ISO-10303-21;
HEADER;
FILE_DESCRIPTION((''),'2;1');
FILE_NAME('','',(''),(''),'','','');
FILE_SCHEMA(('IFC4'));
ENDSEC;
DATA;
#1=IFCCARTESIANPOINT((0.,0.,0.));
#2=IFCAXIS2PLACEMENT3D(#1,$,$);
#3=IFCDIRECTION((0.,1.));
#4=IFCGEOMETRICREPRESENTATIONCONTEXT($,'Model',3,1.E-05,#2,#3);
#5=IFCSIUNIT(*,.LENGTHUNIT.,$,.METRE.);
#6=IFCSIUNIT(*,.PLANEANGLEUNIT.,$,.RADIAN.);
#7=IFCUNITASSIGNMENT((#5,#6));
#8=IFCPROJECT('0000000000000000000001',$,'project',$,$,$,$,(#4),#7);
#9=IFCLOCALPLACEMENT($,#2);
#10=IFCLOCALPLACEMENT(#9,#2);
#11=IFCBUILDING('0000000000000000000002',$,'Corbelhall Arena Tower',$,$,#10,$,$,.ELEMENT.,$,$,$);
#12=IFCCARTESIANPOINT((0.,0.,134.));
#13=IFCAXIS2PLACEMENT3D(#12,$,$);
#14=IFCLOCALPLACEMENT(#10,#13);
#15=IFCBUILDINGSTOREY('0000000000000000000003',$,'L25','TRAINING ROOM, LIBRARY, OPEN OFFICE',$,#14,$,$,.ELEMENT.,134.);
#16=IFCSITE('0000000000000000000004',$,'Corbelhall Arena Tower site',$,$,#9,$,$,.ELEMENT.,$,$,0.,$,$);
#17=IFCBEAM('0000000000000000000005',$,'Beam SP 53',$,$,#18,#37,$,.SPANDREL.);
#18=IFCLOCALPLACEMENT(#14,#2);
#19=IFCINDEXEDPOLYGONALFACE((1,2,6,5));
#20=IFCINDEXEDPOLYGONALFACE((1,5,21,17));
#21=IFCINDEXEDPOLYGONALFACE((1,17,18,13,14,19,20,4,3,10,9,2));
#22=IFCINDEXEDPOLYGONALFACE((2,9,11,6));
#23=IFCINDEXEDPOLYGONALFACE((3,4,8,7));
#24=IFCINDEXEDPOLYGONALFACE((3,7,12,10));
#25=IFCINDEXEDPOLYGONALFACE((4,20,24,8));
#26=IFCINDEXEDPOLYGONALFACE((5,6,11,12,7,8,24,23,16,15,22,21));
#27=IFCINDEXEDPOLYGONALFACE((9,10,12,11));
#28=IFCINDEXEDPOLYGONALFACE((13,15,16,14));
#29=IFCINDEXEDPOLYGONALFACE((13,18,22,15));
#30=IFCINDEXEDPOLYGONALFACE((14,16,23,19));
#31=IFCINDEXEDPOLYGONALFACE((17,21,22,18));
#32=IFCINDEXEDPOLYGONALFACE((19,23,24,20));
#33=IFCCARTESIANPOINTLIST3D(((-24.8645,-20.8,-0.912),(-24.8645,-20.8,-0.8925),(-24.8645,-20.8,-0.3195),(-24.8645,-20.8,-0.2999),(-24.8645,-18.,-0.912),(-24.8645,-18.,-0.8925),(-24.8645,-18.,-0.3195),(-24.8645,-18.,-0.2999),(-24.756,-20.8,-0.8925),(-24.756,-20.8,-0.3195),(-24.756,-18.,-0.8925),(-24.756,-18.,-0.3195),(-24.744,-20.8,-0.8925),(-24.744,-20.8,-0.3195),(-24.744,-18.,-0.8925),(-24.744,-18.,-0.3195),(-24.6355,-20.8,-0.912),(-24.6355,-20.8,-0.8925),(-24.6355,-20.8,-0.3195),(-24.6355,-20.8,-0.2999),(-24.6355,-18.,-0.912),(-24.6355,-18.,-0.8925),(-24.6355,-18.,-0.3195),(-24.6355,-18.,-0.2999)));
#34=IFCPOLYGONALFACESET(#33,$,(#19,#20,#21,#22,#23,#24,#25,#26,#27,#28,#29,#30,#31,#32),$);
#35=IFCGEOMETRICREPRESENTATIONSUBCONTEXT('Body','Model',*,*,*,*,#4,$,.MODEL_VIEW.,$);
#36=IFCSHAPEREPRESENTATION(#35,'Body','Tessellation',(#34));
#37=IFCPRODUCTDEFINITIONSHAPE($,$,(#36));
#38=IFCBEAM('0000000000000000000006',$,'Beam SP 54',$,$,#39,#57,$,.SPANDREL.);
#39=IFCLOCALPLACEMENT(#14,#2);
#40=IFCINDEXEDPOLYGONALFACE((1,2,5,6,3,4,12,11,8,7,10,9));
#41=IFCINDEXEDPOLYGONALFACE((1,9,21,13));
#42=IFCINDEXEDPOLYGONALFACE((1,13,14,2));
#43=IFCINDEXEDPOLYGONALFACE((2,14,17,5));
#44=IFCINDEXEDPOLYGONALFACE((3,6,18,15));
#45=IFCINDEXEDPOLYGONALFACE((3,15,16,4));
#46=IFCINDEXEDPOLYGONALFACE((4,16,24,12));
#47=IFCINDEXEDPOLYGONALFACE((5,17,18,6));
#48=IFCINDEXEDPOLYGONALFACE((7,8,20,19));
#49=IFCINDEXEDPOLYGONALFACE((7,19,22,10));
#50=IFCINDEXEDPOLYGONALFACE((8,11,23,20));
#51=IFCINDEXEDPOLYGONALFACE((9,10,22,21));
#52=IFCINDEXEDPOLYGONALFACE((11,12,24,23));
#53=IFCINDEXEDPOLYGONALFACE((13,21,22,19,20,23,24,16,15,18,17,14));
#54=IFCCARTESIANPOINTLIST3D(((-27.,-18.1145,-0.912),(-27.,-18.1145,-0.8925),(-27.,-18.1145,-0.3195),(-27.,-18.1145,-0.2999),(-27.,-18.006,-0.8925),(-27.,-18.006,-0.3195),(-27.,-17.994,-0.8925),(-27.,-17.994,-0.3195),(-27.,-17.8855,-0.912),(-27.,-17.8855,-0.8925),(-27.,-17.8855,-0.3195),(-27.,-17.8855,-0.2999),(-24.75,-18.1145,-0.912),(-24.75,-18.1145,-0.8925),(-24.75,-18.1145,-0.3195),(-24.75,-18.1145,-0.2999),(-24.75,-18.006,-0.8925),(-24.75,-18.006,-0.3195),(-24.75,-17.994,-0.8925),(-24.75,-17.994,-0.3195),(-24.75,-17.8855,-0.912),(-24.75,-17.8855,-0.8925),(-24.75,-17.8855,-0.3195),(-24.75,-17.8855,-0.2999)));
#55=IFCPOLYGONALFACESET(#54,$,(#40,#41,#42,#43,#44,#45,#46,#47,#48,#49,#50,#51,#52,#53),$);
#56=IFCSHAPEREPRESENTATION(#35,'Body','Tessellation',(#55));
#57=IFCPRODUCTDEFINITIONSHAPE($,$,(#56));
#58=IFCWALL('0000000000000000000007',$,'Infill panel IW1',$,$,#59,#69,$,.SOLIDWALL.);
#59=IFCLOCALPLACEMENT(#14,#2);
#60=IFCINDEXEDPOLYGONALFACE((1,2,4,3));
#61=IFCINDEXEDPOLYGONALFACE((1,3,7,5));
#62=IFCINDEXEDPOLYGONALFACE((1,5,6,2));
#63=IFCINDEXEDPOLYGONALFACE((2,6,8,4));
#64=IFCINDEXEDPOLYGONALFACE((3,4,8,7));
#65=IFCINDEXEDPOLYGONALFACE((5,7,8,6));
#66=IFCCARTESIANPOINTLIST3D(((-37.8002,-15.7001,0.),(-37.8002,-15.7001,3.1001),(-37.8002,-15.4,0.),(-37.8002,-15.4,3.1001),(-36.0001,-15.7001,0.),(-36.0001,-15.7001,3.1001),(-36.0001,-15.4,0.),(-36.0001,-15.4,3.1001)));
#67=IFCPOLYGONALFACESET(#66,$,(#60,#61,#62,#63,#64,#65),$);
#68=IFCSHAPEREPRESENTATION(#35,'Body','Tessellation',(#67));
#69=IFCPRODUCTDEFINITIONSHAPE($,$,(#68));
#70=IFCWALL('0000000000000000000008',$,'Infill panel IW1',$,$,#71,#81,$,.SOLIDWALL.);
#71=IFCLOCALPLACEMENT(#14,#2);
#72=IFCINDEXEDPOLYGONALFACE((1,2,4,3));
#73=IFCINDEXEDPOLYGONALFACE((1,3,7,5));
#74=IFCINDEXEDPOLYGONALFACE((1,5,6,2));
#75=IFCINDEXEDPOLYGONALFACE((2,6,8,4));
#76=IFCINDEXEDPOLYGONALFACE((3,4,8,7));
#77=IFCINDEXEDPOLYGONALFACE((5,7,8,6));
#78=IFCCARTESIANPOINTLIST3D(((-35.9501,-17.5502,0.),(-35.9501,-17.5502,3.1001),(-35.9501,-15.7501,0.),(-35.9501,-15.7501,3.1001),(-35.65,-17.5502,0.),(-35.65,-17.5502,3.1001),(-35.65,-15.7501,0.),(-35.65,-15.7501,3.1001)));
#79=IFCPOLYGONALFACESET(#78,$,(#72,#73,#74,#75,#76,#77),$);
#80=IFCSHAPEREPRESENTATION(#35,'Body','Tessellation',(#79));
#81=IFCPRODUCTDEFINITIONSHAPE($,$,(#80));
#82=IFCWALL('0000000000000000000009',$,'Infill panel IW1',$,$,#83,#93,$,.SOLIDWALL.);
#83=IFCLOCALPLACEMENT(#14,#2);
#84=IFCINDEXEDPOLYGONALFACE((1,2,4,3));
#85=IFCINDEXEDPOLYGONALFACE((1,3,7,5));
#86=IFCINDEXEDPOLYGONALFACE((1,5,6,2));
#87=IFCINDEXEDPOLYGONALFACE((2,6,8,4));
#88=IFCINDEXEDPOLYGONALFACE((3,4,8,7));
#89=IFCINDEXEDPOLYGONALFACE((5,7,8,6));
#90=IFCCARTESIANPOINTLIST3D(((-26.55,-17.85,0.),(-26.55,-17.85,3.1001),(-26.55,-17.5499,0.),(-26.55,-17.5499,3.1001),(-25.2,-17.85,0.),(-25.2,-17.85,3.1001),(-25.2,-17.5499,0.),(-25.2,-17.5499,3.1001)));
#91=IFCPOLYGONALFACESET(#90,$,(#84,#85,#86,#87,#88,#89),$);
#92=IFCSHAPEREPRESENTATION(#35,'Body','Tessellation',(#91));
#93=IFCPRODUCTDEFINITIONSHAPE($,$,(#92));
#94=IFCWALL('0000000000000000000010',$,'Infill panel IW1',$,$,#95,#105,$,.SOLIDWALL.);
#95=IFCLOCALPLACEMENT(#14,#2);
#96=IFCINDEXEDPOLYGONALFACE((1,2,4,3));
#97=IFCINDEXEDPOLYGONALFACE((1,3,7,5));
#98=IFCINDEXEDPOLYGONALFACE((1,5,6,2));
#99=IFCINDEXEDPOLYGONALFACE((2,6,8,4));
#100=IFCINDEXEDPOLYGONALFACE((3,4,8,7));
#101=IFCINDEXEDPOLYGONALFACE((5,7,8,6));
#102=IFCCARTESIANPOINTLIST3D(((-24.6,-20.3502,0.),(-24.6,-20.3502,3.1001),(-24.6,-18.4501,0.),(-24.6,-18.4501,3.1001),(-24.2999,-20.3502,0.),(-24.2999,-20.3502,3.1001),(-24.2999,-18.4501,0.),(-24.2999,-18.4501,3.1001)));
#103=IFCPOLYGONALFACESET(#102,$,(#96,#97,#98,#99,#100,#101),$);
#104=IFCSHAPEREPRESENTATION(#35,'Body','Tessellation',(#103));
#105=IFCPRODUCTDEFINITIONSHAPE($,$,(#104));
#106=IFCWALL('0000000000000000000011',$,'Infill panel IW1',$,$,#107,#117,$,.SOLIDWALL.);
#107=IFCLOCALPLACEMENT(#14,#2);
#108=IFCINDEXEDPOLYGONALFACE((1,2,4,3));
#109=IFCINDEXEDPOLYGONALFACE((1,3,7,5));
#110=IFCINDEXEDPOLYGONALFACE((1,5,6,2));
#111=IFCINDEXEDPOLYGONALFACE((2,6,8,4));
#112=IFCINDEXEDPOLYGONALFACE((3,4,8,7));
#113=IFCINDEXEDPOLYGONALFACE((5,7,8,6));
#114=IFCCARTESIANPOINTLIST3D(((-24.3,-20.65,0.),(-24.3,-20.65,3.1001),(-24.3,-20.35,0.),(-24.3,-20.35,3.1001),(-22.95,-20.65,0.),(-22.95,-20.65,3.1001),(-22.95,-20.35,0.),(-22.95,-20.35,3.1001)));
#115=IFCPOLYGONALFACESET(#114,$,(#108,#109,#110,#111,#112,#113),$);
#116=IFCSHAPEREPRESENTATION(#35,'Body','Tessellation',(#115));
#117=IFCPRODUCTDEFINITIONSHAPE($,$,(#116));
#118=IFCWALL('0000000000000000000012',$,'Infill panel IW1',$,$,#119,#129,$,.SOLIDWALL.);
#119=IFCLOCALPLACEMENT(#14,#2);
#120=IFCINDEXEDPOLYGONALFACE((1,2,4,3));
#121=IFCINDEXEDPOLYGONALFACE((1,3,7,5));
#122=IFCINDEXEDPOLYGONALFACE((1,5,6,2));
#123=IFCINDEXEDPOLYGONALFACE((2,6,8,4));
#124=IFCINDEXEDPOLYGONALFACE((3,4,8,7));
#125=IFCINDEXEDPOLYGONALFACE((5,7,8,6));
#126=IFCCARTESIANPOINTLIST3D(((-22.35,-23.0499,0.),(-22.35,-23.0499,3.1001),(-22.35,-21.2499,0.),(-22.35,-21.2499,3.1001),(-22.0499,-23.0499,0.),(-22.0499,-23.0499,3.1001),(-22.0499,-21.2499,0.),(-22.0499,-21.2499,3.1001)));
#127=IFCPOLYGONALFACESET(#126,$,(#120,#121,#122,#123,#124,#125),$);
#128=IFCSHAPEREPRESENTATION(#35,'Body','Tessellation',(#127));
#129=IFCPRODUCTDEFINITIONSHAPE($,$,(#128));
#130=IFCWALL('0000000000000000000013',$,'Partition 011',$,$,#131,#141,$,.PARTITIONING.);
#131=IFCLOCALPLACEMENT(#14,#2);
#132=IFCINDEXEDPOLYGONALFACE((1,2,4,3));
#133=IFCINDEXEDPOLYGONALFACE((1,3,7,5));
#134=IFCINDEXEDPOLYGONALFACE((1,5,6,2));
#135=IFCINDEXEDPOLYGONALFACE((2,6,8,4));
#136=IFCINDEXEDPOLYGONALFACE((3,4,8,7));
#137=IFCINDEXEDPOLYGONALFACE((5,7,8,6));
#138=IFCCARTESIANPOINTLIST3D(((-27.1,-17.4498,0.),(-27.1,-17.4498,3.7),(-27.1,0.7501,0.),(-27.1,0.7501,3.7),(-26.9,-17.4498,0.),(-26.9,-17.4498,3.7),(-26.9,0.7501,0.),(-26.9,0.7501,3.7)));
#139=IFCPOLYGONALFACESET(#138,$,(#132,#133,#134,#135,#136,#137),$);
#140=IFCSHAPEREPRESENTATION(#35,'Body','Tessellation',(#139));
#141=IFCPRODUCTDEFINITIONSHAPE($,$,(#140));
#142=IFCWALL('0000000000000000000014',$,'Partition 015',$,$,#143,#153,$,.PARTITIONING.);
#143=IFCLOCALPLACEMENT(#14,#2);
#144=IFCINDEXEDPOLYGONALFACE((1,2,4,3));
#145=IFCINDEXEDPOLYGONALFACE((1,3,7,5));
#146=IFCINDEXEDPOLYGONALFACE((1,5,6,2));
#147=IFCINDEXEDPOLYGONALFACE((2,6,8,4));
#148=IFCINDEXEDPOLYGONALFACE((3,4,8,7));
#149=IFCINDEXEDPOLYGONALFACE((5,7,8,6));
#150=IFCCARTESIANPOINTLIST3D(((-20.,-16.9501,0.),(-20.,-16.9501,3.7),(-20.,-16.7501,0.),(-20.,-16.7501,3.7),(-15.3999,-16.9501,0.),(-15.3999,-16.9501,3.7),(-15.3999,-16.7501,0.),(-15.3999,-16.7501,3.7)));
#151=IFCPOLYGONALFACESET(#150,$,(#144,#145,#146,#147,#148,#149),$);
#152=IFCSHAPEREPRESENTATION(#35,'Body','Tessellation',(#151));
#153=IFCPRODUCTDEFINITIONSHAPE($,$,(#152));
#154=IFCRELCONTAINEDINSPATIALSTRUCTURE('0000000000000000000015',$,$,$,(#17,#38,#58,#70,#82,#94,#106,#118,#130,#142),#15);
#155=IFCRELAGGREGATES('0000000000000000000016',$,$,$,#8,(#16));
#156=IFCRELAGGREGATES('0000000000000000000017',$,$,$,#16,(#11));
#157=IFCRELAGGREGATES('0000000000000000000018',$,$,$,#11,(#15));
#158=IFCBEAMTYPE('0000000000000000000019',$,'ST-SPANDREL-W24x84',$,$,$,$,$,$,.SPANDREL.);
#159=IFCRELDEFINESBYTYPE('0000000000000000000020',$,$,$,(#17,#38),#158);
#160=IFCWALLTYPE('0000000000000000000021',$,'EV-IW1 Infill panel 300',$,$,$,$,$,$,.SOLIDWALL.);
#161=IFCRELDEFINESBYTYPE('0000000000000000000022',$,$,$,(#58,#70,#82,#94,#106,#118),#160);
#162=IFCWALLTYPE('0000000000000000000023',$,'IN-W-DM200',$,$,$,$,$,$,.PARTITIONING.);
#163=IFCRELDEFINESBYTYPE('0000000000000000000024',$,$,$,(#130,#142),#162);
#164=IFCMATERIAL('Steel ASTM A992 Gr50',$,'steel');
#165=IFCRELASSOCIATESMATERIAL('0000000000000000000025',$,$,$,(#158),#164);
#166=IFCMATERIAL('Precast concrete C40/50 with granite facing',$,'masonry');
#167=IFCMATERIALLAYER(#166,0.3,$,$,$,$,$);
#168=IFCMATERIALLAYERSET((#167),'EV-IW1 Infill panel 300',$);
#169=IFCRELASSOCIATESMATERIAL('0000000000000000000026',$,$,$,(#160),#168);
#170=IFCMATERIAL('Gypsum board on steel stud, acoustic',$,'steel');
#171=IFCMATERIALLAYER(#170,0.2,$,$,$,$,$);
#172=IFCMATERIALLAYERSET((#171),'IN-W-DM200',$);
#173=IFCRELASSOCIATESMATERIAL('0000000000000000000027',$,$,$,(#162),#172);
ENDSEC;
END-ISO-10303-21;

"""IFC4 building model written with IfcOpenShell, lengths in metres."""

from ifc_helpers import new_model, si_unit, direction, frame, frame_2d, origin, origin_2d, place, context, subcontext, project, spatial, rectangle, i_section, extrude, material, layer, layer_set, material_profile, profile_set, type_object, element, save


model = new_model("IFC4")

# Units and contexts
model_context = context("Model", 3, precision=1e-05, world=origin(), true_north=direction((0.0, 1.0)))
body_context = subcontext(model_context, "Body", "Model", "MODEL_VIEW")
ifc_project = project(units=[si_unit("LENGTHUNIT", "METRE"), si_unit("PLANEANGLEUNIT", "RADIAN")], contexts=[model_context])

# Site, building, storey
site_placement = place(None, origin())
site = spatial("IfcSite", under=ifc_project, at=site_placement, Name="Corbelhall Arena Tower site", CompositionType="ELEMENT", RefElevation=0.0)
building_placement = place(site_placement, origin())
building = spatial("IfcBuilding", under=site, at=building_placement, Name="Corbelhall Arena Tower", CompositionType="ELEMENT")
storey_placement = place(building_placement, frame((0.0, 0.0, 134.0)))
storey = spatial("IfcBuildingStorey", under=building, at=storey_placement, Name="L25", Description="TRAINING ROOM, LIBRARY, OPEN OFFICE", CompositionType="ELEMENT", Elevation=134.0)

# Beams
ifc_material_1 = material(Name="Steel ASTM A992 Gr50", Category="steel")
ifc_material_profile_1 = material_profile(ifc_material_1, i_section(OverallWidth=0.229, OverallDepth=0.6121, WebThickness=0.012, FlangeThickness=0.0195, at=origin_2d()))
ifc_profile_set_1 = profile_set([ifc_material_profile_1], Name="Steel ASTM A992 Gr50")
beam_type = type_object("IfcBeamType", Name="ST-SPANDREL-W24x84", PredefinedType="SPANDREL", material=ifc_profile_set_1)
beam_1_placement = place(storey_placement, frame((-24.75, -20.8, -0.606), z_axis=(0.0, 1.0, 0.0), x_axis=(-1.0, 0.0, 0.0)))
element("IfcBeam", 1, at=beam_1_placement, inside=storey, type_object=beam_type, Name="Beam SP 53", PredefinedType="SPANDREL", context=body_context, shape_type="SweptSolid", body=[
    extrude(i_section(OverallWidth=0.229, OverallDepth=0.6121, WebThickness=0.012, FlangeThickness=0.0195, at=origin_2d()), origin(), (0.0, 0.0, 1.0), 2.8),
])
beam_2_placement = place(storey_placement, frame((-24.75, -18.0, -0.606), z_axis=(-1.0, 0.0, 0.0), x_axis=(0.0, -1.0, 0.0)))
element("IfcBeam", 2, at=beam_2_placement, inside=storey, type_object=beam_type, Name="Beam SP 54", PredefinedType="SPANDREL", context=body_context, shape_type="SweptSolid", body=[
    extrude(i_section(OverallWidth=0.229, OverallDepth=0.6121, WebThickness=0.012, FlangeThickness=0.0195, at=origin_2d()), origin(), (0.0, 0.0, 1.0), 2.25),
])

# Walls
ifc_material_2 = material(Name="Precast concrete C40/50 with granite facing", Category="masonry")
ifc_layer_1 = layer(ifc_material_2, 0.3)
ifc_layer_set_1 = layer_set([ifc_layer_1], Name="EV-IW1 Infill panel 300")
wall_type_1 = type_object("IfcWallType", Name="EV-IW1 Infill panel 300", PredefinedType="SOLIDWALL", material=ifc_layer_set_1)
for number, where, z_axis, x_axis, name in (
    (3, (-37.8, -15.55, 0.0), (0.0, 0.0, 1.0), (1.0, 0.0, 0.0), "Infill panel IW1"),
    (4, (-35.8, -17.55, 0.0), (0.0, 0.0, 1.0), (0.0, 1.0, 0.0), "Infill panel IW1"),
):
    element("IfcWall", number, at=place(storey_placement, frame(where, z_axis=z_axis, x_axis=x_axis)), inside=storey, type_object=wall_type_1, Name=name, PredefinedType="SOLIDWALL", context=body_context, shape_type="SweptSolid", body=[
        extrude(rectangle(XDim=1.8, YDim=0.3, at=frame_2d((0.8999, 0.0))), origin(), (0.0, 0.0, 1.0), 3.1001),
    ])

# Walls
wall_1_placement = place(storey_placement, frame((-26.55, -17.7, 0.0), z_axis=(0.0, 0.0, 1.0), x_axis=(1.0, 0.0, 0.0)))
element("IfcWall", 5, at=wall_1_placement, inside=storey, type_object=wall_type_1, Name="Infill panel IW1", PredefinedType="SOLIDWALL", context=body_context, shape_type="SweptSolid", body=[
    extrude(rectangle(XDim=1.3501, YDim=0.3, at=frame_2d((0.675, 0.0))), origin(), (0.0, 0.0, 1.0), 3.1001),
])
wall_2_placement = place(storey_placement, frame((-24.45, -18.45, 0.0), z_axis=(0.0, 0.0, 1.0), x_axis=(0.0, -1.0, 0.0)))
element("IfcWall", 6, at=wall_2_placement, inside=storey, type_object=wall_type_1, Name="Infill panel IW1", PredefinedType="SOLIDWALL", context=body_context, shape_type="SweptSolid", body=[
    extrude(rectangle(XDim=1.9001, YDim=0.3, at=frame_2d((0.9502, 0.0))), origin(), (0.0, 0.0, 1.0), 3.1001),
])
wall_3_placement = place(storey_placement, frame((-24.3, -20.5, 0.0), z_axis=(0.0, 0.0, 1.0), x_axis=(1.0, 0.0, 0.0)))
element("IfcWall", 7, at=wall_3_placement, inside=storey, type_object=wall_type_1, Name="Infill panel IW1", PredefinedType="SOLIDWALL", context=body_context, shape_type="SweptSolid", body=[
    extrude(rectangle(XDim=1.3501, YDim=0.3, at=frame_2d((0.675, 0.0))), origin(), (0.0, 0.0, 1.0), 3.1001),
])
wall_4_placement = place(storey_placement, frame((-22.2, -21.25, 0.0), z_axis=(0.0, 0.0, 1.0), x_axis=(0.0, -1.0, 0.0)))
element("IfcWall", 8, at=wall_4_placement, inside=storey, type_object=wall_type_1, Name="Infill panel IW1", PredefinedType="SOLIDWALL", context=body_context, shape_type="SweptSolid", body=[
    extrude(rectangle(XDim=1.8, YDim=0.3, at=frame_2d((0.8999, 0.0))), origin(), (0.0, 0.0, 1.0), 3.1001),
])

# Walls
ifc_material_3 = material(Name="Gypsum board on steel stud, acoustic", Category="steel")
ifc_layer_2 = layer(ifc_material_3, 0.2)
ifc_layer_set_2 = layer_set([ifc_layer_2], Name="IN-W-DM200")
wall_type_2 = type_object("IfcWallType", Name="IN-W-DM200", PredefinedType="PARTITIONING", material=ifc_layer_set_2)
wall_5_placement = place(storey_placement, frame((-27.0, -17.45, 0.0), z_axis=(0.0, 0.0, 1.0), x_axis=(0.0, 1.0, 0.0)))
element("IfcWall", 9, at=wall_5_placement, inside=storey, type_object=wall_type_2, Name="Partition 011", PredefinedType="PARTITIONING", context=body_context, shape_type="SweptSolid", body=[
    extrude(rectangle(XDim=18.2, YDim=0.2, at=frame_2d((9.1001, 0.0))), origin(), (0.0, 0.0, 1.0), 3.7),
])
wall_6_placement = place(storey_placement, frame((-20.0, -16.8501, 0.0), z_axis=(0.0, 0.0, 1.0), x_axis=(1.0, 0.0, 0.0)))
element("IfcWall", 10, at=wall_6_placement, inside=storey, type_object=wall_type_2, Name="Partition 015", PredefinedType="PARTITIONING", context=body_context, shape_type="SweptSolid", body=[
    extrude(rectangle(XDim=4.6001, YDim=0.2, at=frame_2d((2.3, 0.0))), origin(), (0.0, 0.0, 1.0), 3.7),
])

save(model, "model.ifc")
